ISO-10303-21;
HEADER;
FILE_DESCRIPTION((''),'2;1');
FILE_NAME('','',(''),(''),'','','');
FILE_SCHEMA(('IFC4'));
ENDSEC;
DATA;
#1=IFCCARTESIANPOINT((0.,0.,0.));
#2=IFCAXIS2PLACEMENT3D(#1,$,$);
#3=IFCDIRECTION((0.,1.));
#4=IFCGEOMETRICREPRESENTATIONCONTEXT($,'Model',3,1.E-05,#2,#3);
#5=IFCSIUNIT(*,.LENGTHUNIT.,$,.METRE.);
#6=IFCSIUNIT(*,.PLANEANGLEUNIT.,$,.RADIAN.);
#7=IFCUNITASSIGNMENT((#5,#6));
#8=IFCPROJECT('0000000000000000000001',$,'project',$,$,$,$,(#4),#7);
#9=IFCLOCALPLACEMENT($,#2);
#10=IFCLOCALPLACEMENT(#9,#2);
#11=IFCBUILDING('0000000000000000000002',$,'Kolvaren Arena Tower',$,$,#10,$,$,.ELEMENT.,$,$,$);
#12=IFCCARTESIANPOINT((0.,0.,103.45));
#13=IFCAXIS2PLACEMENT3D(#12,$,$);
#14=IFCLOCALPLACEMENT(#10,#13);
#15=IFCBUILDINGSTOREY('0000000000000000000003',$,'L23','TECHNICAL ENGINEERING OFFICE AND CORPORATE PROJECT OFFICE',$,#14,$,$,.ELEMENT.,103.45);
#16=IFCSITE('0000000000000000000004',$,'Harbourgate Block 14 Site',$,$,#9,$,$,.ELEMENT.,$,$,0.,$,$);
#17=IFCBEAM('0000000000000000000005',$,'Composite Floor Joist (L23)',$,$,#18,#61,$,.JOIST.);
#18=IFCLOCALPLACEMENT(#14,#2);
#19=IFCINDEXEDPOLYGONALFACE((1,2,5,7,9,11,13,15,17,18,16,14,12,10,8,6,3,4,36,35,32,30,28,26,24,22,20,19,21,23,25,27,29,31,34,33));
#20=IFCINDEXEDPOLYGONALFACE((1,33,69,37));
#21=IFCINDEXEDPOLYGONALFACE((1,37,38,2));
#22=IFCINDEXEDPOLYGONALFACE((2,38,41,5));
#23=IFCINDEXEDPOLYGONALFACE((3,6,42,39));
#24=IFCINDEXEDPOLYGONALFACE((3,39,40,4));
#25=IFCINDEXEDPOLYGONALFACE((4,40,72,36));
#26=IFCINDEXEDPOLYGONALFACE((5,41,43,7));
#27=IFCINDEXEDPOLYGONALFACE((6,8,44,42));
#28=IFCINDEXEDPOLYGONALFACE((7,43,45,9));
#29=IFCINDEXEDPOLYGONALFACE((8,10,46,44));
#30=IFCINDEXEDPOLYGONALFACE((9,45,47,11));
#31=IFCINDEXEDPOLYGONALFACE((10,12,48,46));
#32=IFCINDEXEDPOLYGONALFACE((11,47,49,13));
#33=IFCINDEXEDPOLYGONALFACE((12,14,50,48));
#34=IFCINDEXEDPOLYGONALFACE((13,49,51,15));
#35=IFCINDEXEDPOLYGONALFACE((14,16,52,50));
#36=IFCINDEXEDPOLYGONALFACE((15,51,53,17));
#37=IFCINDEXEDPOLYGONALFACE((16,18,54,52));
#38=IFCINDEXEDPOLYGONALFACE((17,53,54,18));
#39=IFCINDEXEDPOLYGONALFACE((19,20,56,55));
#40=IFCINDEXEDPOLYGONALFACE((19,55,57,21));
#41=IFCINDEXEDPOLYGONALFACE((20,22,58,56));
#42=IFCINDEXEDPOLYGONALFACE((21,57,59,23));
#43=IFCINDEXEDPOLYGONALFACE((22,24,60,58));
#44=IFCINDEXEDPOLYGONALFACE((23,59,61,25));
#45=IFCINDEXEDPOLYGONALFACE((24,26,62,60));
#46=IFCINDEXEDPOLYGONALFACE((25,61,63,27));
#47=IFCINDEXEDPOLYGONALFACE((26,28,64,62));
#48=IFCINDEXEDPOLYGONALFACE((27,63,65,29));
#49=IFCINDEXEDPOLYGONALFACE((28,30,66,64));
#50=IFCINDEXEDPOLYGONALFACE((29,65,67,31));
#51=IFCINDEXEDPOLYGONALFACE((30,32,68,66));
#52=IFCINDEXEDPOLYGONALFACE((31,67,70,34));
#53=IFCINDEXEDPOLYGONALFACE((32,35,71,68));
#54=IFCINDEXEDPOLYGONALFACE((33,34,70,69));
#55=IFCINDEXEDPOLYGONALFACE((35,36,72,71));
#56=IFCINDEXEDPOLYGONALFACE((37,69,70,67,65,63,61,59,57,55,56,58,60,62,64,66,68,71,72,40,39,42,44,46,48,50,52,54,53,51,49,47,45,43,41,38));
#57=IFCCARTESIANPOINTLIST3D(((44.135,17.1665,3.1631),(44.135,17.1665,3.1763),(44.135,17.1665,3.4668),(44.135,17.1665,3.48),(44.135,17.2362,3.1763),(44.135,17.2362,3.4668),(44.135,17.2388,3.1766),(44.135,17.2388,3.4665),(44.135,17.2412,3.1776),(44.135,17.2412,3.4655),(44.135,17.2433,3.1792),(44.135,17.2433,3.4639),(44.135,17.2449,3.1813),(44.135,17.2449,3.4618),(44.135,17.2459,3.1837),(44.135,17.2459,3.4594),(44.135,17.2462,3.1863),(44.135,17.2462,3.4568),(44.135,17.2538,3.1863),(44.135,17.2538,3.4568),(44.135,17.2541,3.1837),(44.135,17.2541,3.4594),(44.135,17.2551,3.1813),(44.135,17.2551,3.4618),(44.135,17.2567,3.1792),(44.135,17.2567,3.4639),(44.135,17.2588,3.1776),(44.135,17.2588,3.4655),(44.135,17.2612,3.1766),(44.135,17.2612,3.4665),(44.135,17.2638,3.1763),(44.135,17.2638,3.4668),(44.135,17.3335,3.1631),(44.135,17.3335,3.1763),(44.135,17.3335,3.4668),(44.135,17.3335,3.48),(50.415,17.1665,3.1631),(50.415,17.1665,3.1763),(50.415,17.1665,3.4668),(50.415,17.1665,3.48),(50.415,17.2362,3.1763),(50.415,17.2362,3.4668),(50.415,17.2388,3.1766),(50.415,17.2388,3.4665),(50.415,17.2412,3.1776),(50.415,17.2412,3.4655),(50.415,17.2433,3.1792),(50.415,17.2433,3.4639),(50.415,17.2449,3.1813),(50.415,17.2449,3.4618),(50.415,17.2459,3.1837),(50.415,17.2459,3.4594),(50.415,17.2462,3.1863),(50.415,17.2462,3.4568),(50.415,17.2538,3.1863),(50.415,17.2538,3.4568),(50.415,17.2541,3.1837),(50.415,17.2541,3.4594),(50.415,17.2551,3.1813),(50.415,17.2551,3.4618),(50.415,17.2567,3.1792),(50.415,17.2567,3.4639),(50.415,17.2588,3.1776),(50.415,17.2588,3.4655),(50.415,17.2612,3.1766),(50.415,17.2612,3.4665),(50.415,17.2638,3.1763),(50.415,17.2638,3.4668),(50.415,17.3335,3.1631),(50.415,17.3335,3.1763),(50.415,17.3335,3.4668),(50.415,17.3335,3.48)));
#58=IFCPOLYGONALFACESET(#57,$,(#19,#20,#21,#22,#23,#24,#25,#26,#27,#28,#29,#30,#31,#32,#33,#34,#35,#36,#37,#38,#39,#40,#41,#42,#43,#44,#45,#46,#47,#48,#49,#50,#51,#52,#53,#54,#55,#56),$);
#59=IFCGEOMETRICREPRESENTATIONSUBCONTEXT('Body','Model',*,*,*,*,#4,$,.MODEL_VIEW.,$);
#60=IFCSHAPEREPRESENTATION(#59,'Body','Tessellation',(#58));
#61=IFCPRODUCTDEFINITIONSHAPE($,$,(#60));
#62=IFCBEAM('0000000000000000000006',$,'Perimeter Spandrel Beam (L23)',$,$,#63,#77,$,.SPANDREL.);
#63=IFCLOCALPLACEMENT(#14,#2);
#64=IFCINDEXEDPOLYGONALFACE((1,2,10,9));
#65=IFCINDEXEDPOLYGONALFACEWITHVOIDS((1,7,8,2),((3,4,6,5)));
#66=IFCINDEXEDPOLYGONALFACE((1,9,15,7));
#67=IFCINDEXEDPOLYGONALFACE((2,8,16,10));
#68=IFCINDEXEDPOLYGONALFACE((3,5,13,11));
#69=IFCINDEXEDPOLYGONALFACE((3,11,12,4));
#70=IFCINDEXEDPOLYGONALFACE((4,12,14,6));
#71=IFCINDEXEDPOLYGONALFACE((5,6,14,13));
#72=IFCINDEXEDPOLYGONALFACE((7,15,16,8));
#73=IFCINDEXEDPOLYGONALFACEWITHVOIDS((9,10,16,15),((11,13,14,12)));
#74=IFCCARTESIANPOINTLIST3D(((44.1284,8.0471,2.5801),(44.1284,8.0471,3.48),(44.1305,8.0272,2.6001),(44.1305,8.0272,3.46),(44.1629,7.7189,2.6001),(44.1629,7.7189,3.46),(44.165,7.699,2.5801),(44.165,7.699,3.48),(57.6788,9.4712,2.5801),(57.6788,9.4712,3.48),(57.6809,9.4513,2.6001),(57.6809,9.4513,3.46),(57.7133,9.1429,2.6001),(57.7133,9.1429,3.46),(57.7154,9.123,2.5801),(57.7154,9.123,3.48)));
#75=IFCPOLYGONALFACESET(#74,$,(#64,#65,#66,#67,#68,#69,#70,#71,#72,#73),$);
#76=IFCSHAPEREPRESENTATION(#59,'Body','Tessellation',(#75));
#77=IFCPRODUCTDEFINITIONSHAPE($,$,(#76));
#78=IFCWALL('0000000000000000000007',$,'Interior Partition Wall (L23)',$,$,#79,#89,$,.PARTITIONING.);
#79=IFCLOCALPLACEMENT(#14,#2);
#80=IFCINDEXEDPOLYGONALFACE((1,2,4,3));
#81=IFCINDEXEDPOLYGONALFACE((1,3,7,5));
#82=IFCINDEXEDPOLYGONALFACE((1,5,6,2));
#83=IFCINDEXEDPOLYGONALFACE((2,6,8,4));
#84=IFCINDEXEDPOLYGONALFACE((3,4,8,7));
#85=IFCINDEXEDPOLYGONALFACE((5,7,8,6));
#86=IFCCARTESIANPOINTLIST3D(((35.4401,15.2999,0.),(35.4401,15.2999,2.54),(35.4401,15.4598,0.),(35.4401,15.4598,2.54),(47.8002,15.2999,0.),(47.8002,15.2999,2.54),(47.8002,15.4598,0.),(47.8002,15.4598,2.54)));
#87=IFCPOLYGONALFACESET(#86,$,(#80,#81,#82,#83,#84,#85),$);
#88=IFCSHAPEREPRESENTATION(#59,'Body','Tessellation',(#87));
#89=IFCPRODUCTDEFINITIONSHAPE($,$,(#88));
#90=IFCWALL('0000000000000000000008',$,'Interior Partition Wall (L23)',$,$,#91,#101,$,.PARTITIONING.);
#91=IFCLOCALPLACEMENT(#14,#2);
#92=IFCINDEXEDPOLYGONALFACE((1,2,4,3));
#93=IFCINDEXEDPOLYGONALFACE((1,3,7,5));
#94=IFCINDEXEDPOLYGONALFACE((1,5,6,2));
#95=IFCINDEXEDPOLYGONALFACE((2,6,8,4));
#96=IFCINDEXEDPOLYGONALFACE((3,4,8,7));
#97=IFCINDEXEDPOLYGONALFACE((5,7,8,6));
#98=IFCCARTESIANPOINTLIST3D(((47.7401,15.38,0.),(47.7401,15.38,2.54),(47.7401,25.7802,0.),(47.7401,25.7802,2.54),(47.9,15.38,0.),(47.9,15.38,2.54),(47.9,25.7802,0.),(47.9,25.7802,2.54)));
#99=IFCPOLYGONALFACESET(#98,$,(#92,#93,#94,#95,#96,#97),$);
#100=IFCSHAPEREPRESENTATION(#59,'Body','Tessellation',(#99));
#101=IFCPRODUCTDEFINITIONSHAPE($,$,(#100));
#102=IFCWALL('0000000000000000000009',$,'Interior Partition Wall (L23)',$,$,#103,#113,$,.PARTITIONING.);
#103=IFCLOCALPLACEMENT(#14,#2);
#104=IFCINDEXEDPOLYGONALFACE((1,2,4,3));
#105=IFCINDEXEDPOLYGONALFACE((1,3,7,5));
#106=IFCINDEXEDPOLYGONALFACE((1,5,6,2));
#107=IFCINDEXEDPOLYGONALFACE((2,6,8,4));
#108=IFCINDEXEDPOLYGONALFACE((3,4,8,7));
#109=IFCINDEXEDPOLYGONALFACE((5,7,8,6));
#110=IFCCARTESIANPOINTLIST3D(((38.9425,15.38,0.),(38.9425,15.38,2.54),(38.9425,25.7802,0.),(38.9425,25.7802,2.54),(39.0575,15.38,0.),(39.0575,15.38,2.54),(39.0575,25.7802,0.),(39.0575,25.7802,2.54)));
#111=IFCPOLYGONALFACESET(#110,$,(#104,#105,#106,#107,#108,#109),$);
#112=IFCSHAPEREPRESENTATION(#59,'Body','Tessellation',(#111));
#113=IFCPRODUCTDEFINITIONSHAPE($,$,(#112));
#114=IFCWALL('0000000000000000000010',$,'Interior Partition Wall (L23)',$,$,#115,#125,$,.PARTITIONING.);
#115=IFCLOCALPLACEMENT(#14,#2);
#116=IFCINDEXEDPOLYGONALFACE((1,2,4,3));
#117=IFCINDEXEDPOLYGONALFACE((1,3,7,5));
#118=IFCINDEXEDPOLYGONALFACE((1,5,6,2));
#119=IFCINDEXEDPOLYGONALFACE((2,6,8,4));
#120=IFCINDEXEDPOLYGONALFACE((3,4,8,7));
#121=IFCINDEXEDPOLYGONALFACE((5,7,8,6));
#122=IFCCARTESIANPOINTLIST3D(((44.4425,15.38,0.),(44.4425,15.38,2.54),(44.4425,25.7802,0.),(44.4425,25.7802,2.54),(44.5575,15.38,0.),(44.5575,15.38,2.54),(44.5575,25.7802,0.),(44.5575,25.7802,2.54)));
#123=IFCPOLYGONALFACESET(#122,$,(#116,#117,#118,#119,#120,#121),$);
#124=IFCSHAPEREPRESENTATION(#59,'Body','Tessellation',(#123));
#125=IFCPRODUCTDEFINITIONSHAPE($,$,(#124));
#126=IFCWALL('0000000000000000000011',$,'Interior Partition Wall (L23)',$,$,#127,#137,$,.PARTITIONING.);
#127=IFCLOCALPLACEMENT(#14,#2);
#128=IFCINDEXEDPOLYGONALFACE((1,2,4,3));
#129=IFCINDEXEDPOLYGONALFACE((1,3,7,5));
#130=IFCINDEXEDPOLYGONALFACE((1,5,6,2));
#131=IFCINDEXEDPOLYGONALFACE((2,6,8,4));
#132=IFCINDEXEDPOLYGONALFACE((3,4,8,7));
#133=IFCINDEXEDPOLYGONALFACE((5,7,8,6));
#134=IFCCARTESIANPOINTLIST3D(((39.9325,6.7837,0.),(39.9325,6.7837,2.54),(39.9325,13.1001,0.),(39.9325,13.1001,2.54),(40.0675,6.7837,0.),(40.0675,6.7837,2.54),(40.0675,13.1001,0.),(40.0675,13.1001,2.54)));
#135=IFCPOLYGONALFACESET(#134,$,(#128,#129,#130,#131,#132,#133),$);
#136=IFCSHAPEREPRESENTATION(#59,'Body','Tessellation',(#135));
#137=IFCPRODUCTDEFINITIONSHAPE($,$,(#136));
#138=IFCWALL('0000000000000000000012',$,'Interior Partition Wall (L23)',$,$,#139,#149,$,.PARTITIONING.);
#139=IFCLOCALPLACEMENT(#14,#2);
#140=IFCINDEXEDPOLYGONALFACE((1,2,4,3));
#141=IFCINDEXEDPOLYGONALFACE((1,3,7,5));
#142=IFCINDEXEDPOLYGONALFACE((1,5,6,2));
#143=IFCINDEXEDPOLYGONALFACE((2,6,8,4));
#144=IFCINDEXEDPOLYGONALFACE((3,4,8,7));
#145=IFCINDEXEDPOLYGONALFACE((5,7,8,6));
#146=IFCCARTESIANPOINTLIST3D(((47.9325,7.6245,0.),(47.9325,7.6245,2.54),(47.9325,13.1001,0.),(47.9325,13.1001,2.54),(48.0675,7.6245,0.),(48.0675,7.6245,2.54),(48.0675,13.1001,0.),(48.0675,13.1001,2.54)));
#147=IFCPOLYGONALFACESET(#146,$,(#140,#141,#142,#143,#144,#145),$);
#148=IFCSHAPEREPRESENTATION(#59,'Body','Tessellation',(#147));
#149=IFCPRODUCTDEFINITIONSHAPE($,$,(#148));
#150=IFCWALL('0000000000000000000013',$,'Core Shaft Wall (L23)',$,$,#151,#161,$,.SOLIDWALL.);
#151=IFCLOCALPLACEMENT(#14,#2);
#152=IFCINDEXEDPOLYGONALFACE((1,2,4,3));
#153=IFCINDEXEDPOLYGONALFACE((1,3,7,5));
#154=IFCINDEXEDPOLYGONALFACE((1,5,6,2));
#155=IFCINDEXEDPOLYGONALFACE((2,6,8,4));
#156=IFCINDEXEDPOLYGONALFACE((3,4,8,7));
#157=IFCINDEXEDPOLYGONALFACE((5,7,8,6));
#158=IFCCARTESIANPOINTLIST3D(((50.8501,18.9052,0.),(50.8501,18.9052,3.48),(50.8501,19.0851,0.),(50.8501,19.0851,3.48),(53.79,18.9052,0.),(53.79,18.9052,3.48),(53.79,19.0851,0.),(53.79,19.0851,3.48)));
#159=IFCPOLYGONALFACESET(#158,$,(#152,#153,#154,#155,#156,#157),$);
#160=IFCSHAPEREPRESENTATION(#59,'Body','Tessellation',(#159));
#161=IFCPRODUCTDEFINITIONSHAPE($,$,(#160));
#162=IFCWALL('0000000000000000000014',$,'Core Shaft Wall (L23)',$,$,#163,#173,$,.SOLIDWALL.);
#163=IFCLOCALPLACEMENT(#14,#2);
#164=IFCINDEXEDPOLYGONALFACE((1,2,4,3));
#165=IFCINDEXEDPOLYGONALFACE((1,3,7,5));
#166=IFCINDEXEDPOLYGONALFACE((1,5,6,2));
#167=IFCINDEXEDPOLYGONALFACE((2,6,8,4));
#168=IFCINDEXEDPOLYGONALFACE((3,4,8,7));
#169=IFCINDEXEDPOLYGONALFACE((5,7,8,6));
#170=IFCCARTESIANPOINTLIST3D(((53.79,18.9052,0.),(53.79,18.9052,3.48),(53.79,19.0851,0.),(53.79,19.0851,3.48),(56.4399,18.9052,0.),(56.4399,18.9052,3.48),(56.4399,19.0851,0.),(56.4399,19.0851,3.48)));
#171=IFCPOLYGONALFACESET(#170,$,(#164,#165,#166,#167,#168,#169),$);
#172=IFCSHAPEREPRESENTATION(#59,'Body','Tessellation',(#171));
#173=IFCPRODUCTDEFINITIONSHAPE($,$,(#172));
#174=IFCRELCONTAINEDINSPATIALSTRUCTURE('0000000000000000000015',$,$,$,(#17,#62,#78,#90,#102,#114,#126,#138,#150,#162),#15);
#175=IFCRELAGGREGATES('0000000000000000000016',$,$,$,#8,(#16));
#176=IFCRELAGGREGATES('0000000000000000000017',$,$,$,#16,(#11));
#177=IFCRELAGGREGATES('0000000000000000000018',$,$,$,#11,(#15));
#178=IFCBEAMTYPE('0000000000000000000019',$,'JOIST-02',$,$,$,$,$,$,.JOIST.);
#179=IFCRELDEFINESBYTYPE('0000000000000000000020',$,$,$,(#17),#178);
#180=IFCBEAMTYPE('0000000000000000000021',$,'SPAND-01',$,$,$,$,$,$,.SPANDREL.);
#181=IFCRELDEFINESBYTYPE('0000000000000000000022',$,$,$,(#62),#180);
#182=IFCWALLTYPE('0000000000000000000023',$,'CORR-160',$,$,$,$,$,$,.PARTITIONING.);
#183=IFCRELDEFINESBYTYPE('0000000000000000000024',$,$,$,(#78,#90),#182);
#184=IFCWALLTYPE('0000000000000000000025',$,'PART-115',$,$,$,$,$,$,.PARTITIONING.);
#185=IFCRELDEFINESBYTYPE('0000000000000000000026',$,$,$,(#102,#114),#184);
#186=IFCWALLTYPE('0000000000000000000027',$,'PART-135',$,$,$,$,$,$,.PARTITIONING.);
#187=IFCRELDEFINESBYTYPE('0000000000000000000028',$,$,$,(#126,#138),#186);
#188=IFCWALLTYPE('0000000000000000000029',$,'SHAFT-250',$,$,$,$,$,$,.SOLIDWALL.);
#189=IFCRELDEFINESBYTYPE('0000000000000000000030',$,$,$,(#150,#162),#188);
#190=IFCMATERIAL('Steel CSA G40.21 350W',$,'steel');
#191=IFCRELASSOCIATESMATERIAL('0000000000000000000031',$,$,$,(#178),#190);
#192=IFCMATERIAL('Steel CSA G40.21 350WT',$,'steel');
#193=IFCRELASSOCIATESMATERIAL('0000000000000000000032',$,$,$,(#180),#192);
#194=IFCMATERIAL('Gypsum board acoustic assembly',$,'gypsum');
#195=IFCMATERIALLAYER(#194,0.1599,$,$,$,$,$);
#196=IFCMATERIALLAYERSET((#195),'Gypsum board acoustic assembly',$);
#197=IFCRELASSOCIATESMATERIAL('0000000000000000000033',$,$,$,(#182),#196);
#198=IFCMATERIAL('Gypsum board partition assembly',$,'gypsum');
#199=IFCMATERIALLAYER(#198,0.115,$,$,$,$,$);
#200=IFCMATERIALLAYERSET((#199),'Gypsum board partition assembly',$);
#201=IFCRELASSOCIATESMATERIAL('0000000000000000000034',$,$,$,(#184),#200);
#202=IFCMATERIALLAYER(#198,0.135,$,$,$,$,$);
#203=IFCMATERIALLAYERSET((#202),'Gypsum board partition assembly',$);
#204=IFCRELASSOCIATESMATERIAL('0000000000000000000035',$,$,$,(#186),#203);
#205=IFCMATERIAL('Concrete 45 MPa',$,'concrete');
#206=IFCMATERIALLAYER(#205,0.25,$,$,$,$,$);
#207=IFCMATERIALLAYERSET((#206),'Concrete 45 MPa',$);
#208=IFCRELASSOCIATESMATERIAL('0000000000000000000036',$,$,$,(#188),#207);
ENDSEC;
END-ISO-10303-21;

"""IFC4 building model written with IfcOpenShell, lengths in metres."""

from ifc_helpers import new_model, si_unit, direction, frame, frame_2d, origin, origin_2d, place, context, subcontext, project, spatial, rectangle, hollow_rectangle, i_section, extrude, material, layer, layer_set, material_profile, profile_set, type_object, element, save


model = new_model("IFC4")

# Units and contexts
model_context = context("Model", 3, precision=1e-05, world=origin(), true_north=direction((0.0, 1.0)))
body_context = subcontext(model_context, "Body", "Model", "MODEL_VIEW")
ifc_project = project(units=[si_unit("LENGTHUNIT", "METRE"), si_unit("PLANEANGLEUNIT", "RADIAN")], contexts=[model_context])

# Site, building, storey
site_placement = place(None, origin())
site = spatial("IfcSite", under=ifc_project, at=site_placement, Name="Harbourgate Block 14 Site", CompositionType="ELEMENT", RefElevation=0.0)
building_placement = place(site_placement, origin())
building = spatial("IfcBuilding", under=site, at=building_placement, Name="Kolvaren Arena Tower", CompositionType="ELEMENT")
storey_placement = place(building_placement, frame((0.0, 0.0, 103.45)))
storey = spatial("IfcBuildingStorey", under=building, at=storey_placement, Name="L23", Description="TECHNICAL ENGINEERING OFFICE AND CORPORATE PROJECT OFFICE", CompositionType="ELEMENT", Elevation=103.45)

# Beams
ifc_material_1 = material(Name="Steel CSA G40.21 350W", Category="steel")
ifc_material_profile_1 = material_profile(ifc_material_1, i_section(OverallWidth=0.167, OverallDepth=0.3169, WebThickness=0.0076, FlangeThickness=0.0132, FilletRadius=0.01, at=origin_2d()), Name="W310x52")
ifc_profile_set_1 = profile_set([ifc_material_profile_1], Name="Steel CSA G40.21 350W")
beam_type_1 = type_object("IfcBeamType", Name="JOIST-02", PredefinedType="JOIST", material=ifc_profile_set_1)
beam_1_placement = place(storey_placement, frame((44.135, 17.25, 3.3215), z_axis=(1.0, 0.0, 0.0), x_axis=(0.0, 1.0, 0.0)))
element("IfcBeam", 1, at=beam_1_placement, inside=storey, type_object=beam_type_1, Name="Composite Floor Joist (L23)", PredefinedType="JOIST", context=body_context, shape_type="SweptSolid", body=[
    extrude(i_section(OverallWidth=0.167, OverallDepth=0.3169, WebThickness=0.0076, FlangeThickness=0.0132, FilletRadius=0.01, at=origin_2d()), origin(), (0.0, 0.0, 1.0), 6.28),
])
ifc_material_2 = material(Name="Steel CSA G40.21 350WT", Category="steel")
ifc_material_profile_2 = material_profile(ifc_material_2, hollow_rectangle(XDim=0.3501, YDim=0.8999, WallThickness=0.02, at=origin_2d()), Name="HSS 900x350x20")
ifc_profile_set_2 = profile_set([ifc_material_profile_2], Name="Steel CSA G40.21 350WT")
beam_type_2 = type_object("IfcBeamType", Name="SPAND-01", PredefinedType="SPANDREL", material=ifc_profile_set_2)
beam_2_placement = place(storey_placement, frame((44.1467, 7.873, 3.03), z_axis=(0.994523, 0.10452, 0.0), x_axis=(-0.10452, 0.994523, 0.0)))
element("IfcBeam", 2, at=beam_2_placement, inside=storey, type_object=beam_type_2, Name="Perimeter Spandrel Beam (L23)", PredefinedType="SPANDREL", context=body_context, shape_type="SweptSolid", body=[
    extrude(hollow_rectangle(XDim=0.3501, YDim=0.8999, WallThickness=0.02, at=origin_2d()), origin(), (0.0, 0.0, 1.0), 13.625),
])

# Walls
ifc_material_3 = material(Name="Gypsum board acoustic assembly", Category="gypsum")
ifc_layer_1 = layer(ifc_material_3, 0.1599)
ifc_layer_set_1 = layer_set([ifc_layer_1], Name="Gypsum board acoustic assembly")
wall_type_1 = type_object("IfcWallType", Name="CORR-160", PredefinedType="PARTITIONING", material=ifc_layer_set_1)
wall_1_placement = place(storey_placement, frame((35.4399, 15.3799, 0.0), z_axis=(0.0, 0.0, 1.0), x_axis=(1.0, 0.0, 0.0)))
element("IfcWall", 3, at=wall_1_placement, inside=storey, type_object=wall_type_1, Name="Interior Partition Wall (L23)", PredefinedType="PARTITIONING", context=body_context, shape_type="SweptSolid", body=[
    extrude(rectangle(XDim=12.3601, YDim=0.1599, at=frame_2d((6.1802, 0.0))), origin(), (0.0, 0.0, 1.0), 2.54),
])
wall_2_placement = place(storey_placement, frame((47.8201, 15.3799, 0.0), z_axis=(0.0, 0.0, 1.0), x_axis=(0.0, 1.0, 0.0)))
element("IfcWall", 4, at=wall_2_placement, inside=storey, type_object=wall_type_1, Name="Interior Partition Wall (L23)", PredefinedType="PARTITIONING", context=body_context, shape_type="SweptSolid", body=[
    extrude(rectangle(XDim=10.4001, YDim=0.1599, at=frame_2d((5.2002, 0.0))), origin(), (0.0, 0.0, 1.0), 2.54),
])
ifc_material_4 = material(Name="Gypsum board partition assembly", Category="gypsum")
ifc_layer_2 = layer(ifc_material_4, 0.115)
ifc_layer_set_2 = layer_set([ifc_layer_2], Name="Gypsum board partition assembly")
wall_type_2 = type_object("IfcWallType", Name="PART-115", PredefinedType="PARTITIONING", material=ifc_layer_set_2)
for number, where, z_axis, x_axis, name in (
    (5, (39.0, 15.3799, 0.0), (0.0, 0.0, 1.0), (0.0, 1.0, 0.0), "Interior Partition Wall (L23)"),
    (6, (44.5, 15.3799, 0.0), (0.0, 0.0, 1.0), (0.0, 1.0, 0.0), "Interior Partition Wall (L23)"),
):
    element("IfcWall", number, at=place(storey_placement, frame(where, z_axis=z_axis, x_axis=x_axis)), inside=storey, type_object=wall_type_2, Name=name, PredefinedType="PARTITIONING", context=body_context, shape_type="SweptSolid", body=[
        extrude(rectangle(XDim=10.4001, YDim=0.115, at=frame_2d((5.2002, 0.0))), origin(), (0.0, 0.0, 1.0), 2.54),
    ])
ifc_layer_3 = layer(ifc_material_4, 0.135)
ifc_layer_set_3 = layer_set([ifc_layer_3], Name="Gypsum board partition assembly")
wall_type_3 = type_object("IfcWallType", Name="PART-135", PredefinedType="PARTITIONING", material=ifc_layer_set_3)
wall_3_placement = place(storey_placement, frame((40.0, 6.7837, 0.0), z_axis=(0.0, 0.0, 1.0), x_axis=(0.0, 1.0, 0.0)))
element("IfcWall", 7, at=wall_3_placement, inside=storey, type_object=wall_type_3, Name="Interior Partition Wall (L23)", PredefinedType="PARTITIONING", context=body_context, shape_type="SweptSolid", body=[
    extrude(rectangle(XDim=6.3164, YDim=0.135, at=frame_2d((3.1582, 0.0))), origin(), (0.0, 0.0, 1.0), 2.54),
])
wall_4_placement = place(storey_placement, frame((48.0, 7.6245, 0.0), z_axis=(0.0, 0.0, 1.0), x_axis=(0.0, 1.0, 0.0)))
element("IfcWall", 8, at=wall_4_placement, inside=storey, type_object=wall_type_3, Name="Interior Partition Wall (L23)", PredefinedType="PARTITIONING", context=body_context, shape_type="SweptSolid", body=[
    extrude(rectangle(XDim=5.4756, YDim=0.135, at=frame_2d((2.7378, 0.0))), origin(), (0.0, 0.0, 1.0), 2.54),
])
ifc_material_5 = material(Name="Concrete 45 MPa", Category="concrete")
ifc_layer_4 = layer(ifc_material_5, 0.25)
ifc_layer_set_4 = layer_set([ifc_layer_4], Name="Concrete 45 MPa")
wall_type_4 = type_object("IfcWallType", Name="SHAFT-250", PredefinedType="SOLIDWALL", material=ifc_layer_set_4)
wall_5_placement = place(storey_placement, frame((50.8501, 18.9951, 0.0), z_axis=(0.0, 0.0, 1.0), x_axis=(1.0, 0.0, 0.0)))
element("IfcWall", 9, at=wall_5_placement, inside=storey, type_object=wall_type_4, Name="Core Shaft Wall (L23)", PredefinedType="SOLIDWALL", context=body_context, shape_type="SweptSolid", body=[
    extrude(rectangle(XDim=2.9399, YDim=0.1799, at=frame_2d((1.47, 0.0))), origin(), (0.0, 0.0, 1.0), 3.48),
])
wall_6_placement = place(storey_placement, frame((53.79, 18.9951, 0.0), z_axis=(0.0, 0.0, 1.0), x_axis=(1.0, 0.0, 0.0)))
element("IfcWall", 10, at=wall_6_placement, inside=storey, type_object=wall_type_4, Name="Core Shaft Wall (L23)", PredefinedType="SOLIDWALL", context=body_context, shape_type="SweptSolid", body=[
    extrude(rectangle(XDim=2.6499, YDim=0.1799, at=frame_2d((1.325, 0.0))), origin(), (0.0, 0.0, 1.0), 3.48),
])

save(model, "model.ifc")
